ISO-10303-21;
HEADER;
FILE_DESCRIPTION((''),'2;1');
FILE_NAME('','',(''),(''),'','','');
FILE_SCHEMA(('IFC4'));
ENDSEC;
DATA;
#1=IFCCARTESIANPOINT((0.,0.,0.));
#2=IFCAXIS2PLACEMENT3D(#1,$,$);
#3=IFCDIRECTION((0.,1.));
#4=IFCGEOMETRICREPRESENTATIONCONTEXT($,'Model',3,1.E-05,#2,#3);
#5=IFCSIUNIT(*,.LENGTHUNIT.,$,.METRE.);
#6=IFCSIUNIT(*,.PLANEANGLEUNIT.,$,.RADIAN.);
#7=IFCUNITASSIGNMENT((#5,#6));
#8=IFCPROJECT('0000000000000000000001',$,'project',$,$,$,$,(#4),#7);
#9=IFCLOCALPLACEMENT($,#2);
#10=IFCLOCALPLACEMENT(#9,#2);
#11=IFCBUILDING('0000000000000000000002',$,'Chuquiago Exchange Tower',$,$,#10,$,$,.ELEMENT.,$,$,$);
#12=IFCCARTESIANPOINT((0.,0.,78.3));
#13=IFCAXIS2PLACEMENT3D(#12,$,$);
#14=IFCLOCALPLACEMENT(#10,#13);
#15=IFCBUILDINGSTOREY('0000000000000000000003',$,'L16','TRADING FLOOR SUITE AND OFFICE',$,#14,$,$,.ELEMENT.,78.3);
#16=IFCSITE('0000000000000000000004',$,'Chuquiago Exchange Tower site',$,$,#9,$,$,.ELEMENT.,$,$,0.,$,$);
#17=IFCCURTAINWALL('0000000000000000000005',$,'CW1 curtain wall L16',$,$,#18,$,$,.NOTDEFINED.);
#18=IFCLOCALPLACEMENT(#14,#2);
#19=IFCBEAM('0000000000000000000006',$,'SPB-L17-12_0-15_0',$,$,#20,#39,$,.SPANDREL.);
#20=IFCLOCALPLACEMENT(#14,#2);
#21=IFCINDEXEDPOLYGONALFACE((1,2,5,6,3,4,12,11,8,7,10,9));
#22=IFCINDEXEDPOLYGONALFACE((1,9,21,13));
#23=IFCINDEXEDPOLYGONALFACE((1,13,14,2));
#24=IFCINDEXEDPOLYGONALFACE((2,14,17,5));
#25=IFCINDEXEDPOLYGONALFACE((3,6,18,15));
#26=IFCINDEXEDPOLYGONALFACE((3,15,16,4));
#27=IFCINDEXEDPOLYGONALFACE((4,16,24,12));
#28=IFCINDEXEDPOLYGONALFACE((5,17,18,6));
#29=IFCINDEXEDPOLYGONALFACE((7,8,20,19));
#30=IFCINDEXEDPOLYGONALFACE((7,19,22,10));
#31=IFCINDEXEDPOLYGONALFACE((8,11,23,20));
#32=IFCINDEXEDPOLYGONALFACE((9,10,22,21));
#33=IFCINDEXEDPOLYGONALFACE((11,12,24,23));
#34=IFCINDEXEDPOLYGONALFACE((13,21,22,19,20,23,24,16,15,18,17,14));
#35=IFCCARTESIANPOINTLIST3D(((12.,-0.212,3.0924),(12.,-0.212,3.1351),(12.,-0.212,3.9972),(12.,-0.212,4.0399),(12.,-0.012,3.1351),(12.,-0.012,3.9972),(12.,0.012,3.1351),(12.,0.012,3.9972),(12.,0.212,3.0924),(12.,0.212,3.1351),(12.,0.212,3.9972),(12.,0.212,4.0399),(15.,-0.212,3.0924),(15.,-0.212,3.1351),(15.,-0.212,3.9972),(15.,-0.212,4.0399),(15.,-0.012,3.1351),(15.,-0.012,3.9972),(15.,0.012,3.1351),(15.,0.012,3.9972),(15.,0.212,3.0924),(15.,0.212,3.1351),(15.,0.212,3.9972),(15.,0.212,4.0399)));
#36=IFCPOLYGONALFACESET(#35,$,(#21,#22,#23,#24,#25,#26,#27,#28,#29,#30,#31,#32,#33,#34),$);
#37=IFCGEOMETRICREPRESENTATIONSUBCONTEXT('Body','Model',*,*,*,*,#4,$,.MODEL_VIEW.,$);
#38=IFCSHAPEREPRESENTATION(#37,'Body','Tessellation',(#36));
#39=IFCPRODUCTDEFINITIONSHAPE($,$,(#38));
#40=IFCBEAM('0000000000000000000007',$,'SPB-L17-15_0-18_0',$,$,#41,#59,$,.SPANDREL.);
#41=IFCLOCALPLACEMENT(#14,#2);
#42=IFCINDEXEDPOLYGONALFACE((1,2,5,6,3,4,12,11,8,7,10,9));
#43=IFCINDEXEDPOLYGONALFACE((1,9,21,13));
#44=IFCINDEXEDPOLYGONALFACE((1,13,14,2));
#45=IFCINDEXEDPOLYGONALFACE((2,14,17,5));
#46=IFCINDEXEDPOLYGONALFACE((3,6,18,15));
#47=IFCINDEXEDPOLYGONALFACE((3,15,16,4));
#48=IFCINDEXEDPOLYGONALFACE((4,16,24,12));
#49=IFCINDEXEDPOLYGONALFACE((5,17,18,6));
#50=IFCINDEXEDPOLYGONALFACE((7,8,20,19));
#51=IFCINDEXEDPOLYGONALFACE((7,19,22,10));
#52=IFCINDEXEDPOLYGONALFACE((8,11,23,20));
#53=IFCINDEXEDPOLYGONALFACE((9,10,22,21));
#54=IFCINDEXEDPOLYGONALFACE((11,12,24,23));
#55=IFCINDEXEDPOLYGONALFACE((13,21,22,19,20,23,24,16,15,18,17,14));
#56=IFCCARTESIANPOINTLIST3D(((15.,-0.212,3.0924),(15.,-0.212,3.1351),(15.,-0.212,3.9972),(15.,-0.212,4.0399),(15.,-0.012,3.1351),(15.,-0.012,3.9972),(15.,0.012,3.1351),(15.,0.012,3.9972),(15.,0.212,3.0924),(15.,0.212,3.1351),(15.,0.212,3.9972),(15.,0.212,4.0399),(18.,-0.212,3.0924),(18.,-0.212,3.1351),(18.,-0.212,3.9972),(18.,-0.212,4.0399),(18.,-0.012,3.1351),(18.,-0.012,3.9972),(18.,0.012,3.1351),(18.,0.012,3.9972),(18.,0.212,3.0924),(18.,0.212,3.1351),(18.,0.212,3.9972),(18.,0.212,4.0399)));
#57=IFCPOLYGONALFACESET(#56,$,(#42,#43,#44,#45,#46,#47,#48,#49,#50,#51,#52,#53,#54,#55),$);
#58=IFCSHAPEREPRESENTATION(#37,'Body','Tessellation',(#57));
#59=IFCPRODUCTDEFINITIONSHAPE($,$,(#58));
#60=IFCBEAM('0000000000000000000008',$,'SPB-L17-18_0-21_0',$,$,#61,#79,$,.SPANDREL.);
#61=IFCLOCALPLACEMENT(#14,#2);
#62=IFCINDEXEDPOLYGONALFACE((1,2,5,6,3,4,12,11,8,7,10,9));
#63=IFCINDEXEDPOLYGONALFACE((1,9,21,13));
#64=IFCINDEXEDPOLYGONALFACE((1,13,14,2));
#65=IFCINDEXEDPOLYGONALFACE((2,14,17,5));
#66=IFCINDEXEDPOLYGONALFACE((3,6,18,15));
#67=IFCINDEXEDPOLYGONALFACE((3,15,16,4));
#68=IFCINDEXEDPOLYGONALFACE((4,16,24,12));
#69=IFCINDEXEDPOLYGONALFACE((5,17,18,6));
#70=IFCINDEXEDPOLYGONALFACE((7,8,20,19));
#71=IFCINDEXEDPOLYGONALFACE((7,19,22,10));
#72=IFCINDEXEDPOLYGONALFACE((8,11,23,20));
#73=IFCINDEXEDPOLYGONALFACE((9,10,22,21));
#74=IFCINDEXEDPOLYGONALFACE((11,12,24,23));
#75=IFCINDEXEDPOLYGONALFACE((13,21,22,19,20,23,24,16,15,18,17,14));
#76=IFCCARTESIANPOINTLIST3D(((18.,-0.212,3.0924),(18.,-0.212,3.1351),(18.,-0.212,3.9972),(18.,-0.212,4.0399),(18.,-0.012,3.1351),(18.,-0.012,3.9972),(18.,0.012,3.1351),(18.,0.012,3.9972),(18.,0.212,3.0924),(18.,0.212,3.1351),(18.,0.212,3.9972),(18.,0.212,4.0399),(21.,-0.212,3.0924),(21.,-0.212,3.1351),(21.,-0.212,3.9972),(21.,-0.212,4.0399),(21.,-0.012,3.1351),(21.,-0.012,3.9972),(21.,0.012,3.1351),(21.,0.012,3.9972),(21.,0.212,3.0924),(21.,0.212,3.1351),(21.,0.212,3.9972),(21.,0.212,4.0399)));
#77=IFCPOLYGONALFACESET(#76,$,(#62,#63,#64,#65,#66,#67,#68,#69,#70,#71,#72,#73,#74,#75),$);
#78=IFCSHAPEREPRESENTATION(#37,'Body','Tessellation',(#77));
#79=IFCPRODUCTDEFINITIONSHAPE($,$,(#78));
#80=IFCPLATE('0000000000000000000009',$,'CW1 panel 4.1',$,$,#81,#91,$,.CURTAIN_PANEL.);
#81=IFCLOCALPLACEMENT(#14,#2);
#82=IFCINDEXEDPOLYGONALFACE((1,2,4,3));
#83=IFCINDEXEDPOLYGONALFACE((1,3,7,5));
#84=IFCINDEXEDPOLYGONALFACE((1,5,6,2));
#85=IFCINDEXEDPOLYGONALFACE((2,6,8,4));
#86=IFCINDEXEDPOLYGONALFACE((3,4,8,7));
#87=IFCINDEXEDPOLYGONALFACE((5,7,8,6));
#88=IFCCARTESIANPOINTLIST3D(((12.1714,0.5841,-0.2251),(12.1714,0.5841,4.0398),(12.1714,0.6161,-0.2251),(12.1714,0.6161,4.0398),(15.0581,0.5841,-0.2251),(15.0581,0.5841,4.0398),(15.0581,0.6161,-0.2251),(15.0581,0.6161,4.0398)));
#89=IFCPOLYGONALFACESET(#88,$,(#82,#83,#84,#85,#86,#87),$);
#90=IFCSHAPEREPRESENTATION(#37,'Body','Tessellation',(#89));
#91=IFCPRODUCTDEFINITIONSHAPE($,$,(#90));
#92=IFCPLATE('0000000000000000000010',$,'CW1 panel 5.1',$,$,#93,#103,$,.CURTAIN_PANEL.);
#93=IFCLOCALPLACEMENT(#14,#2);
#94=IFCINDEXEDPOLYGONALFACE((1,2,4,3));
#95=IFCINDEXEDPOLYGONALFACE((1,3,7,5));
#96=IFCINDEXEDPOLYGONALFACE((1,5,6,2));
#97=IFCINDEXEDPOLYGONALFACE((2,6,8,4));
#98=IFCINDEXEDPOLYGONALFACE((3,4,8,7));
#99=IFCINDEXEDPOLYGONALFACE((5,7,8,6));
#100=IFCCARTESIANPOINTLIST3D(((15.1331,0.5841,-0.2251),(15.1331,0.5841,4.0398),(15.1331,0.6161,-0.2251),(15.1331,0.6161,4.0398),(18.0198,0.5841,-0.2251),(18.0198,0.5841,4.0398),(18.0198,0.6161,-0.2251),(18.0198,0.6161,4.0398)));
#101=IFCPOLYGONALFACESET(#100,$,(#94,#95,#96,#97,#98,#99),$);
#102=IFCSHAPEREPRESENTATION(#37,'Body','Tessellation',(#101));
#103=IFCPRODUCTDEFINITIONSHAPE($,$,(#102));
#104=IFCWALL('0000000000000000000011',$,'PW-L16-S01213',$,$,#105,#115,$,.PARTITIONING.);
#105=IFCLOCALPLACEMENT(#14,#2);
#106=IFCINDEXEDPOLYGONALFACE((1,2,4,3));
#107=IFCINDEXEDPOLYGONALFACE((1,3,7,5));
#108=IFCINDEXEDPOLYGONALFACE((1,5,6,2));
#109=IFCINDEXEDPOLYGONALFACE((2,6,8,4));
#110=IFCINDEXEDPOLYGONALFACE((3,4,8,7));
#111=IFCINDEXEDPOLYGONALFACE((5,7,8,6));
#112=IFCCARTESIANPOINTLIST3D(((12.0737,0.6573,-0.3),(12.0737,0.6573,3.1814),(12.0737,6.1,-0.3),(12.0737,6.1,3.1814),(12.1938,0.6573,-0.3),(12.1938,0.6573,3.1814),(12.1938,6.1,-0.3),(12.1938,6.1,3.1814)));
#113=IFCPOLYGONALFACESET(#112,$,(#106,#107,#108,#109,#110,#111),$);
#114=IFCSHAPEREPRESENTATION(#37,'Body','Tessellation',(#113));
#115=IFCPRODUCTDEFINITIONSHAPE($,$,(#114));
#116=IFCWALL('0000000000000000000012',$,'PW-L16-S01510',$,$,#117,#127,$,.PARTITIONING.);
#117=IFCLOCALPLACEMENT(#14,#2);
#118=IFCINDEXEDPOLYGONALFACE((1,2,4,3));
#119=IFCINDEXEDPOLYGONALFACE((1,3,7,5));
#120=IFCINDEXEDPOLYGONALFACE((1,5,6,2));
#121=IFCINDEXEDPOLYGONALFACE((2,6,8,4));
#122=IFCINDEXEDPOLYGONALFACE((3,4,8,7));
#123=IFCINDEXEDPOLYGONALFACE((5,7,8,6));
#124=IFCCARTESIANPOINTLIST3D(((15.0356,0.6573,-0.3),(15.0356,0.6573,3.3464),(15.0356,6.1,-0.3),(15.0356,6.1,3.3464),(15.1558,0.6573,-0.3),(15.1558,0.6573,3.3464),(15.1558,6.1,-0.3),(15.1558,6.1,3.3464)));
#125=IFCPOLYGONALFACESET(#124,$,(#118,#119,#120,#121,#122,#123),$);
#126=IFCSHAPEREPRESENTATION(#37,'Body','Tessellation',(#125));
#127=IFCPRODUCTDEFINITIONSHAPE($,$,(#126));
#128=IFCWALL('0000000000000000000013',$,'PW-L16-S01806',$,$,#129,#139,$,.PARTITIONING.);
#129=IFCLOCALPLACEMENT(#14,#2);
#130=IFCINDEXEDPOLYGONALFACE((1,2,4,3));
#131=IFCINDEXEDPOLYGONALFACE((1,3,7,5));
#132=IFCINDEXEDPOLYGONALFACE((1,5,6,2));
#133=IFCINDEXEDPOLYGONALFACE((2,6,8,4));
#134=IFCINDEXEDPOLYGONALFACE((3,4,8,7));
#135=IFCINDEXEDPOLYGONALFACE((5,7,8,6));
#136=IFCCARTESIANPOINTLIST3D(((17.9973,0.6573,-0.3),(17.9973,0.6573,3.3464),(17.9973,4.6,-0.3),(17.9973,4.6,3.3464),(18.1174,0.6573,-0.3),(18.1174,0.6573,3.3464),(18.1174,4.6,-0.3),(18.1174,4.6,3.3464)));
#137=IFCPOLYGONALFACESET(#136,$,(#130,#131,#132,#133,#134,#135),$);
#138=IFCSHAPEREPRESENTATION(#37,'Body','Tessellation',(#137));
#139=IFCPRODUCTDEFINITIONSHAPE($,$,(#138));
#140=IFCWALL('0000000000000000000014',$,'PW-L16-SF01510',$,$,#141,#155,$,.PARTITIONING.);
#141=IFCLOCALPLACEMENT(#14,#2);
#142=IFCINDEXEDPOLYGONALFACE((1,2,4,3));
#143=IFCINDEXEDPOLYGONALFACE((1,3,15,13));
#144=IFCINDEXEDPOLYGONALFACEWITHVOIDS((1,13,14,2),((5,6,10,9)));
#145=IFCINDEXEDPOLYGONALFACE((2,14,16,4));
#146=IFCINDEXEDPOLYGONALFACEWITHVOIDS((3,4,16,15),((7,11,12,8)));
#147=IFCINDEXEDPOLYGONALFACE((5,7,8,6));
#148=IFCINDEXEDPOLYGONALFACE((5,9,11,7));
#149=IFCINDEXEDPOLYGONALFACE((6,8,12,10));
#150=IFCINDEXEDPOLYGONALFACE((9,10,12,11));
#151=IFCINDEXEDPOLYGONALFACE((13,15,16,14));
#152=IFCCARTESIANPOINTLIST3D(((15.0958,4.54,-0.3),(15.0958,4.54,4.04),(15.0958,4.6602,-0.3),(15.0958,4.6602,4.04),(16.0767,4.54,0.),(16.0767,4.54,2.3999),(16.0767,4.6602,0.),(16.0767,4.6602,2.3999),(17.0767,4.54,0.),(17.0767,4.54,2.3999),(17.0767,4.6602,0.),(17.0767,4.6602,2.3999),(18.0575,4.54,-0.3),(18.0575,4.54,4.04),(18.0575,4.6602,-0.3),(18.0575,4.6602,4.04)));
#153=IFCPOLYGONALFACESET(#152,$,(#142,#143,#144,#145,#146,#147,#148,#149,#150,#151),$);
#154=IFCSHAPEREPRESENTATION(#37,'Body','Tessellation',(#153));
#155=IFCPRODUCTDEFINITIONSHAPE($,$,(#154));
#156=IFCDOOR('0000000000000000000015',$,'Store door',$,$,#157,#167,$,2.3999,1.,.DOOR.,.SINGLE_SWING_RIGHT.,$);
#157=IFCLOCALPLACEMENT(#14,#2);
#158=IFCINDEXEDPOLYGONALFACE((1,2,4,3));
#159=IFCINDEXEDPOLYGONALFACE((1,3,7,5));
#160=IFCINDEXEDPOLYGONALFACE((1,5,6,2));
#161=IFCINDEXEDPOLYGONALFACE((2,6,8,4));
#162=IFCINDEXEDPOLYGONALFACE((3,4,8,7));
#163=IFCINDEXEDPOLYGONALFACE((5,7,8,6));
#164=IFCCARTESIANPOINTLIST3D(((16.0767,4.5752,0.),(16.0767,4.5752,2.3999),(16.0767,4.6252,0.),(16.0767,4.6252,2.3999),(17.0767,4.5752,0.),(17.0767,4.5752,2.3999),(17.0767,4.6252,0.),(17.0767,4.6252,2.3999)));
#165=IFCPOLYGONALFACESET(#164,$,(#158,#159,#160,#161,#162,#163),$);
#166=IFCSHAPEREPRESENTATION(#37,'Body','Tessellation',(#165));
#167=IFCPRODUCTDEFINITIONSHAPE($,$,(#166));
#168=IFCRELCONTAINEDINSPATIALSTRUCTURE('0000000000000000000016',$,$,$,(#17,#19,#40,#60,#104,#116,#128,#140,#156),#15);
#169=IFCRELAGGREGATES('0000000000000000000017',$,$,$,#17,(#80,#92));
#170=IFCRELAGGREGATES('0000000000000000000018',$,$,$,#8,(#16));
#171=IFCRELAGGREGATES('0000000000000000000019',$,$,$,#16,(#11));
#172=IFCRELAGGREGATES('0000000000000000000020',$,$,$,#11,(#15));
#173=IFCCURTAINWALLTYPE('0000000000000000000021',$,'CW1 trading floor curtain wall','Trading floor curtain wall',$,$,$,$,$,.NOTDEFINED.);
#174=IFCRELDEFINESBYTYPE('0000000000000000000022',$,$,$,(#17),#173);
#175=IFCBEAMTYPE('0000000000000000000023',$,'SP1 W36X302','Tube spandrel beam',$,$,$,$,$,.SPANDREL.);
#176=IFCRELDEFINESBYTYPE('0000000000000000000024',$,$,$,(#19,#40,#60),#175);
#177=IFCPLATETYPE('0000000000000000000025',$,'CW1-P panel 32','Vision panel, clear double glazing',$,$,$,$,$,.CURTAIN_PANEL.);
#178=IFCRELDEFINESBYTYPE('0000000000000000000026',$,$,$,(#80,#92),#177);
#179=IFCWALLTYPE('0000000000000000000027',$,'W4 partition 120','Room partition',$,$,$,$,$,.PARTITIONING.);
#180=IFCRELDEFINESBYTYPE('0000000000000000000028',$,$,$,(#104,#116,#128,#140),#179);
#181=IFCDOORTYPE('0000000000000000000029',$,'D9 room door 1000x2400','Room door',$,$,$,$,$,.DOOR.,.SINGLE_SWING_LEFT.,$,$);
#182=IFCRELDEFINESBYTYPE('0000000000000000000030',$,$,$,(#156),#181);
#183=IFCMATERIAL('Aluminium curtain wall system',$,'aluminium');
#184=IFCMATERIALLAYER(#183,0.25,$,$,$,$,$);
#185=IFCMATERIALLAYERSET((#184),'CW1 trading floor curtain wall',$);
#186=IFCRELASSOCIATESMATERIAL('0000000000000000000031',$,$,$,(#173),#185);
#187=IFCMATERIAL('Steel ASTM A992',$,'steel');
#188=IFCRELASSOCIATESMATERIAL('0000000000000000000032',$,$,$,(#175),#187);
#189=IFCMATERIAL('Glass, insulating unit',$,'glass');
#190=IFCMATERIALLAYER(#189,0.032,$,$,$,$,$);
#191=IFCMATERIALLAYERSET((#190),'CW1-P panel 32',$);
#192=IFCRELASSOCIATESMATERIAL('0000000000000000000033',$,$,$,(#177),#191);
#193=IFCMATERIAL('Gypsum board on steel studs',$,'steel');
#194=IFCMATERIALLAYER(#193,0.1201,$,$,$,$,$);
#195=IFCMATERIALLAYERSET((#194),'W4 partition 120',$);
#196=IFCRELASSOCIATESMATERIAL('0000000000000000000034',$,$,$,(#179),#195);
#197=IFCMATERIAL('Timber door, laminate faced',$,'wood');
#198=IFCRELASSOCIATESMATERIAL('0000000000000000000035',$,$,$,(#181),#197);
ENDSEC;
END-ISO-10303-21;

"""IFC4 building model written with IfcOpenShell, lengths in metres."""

from ifc_helpers import new_model, si_unit, direction, frame, frame_2d, origin, origin_2d, place, context, subcontext, project, spatial, rectangle, i_section, extrude, material, layer, layer_set, material_profile, profile_set, type_object, element, fill, aggregate, save


model = new_model("IFC4")

# Units and contexts
model_context = context("Model", 3, precision=1e-05, world=origin(), true_north=direction((0.0, 1.0)))
body_context = subcontext(model_context, "Body", "Model", "MODEL_VIEW")
ifc_project = project(units=[si_unit("LENGTHUNIT", "METRE"), si_unit("PLANEANGLEUNIT", "RADIAN")], contexts=[model_context])

# Site, building, storey
site_placement = place(None, origin())
site = spatial("IfcSite", under=ifc_project, at=site_placement, Name="Chuquiago Exchange Tower site", CompositionType="ELEMENT", RefElevation=0.0)
building_placement = place(site_placement, origin())
building = spatial("IfcBuilding", under=site, at=building_placement, Name="Chuquiago Exchange Tower", CompositionType="ELEMENT")
storey_placement = place(building_placement, frame((0.0, 0.0, 78.3)))
storey = spatial("IfcBuildingStorey", under=building, at=storey_placement, Name="L16", Description="TRADING FLOOR SUITE AND OFFICE", CompositionType="ELEMENT", Elevation=78.3)

# Curtain wall
ifc_material_1 = material(Name="Aluminium curtain wall system", Category="aluminium")
ifc_layer_1 = layer(ifc_material_1, 0.25)
ifc_layer_set_1 = layer_set([ifc_layer_1], Name="CW1 trading floor curtain wall")
curtain_wall_type = type_object("IfcCurtainWallType", Name="CW1 trading floor curtain wall", Description="Trading floor curtain wall", PredefinedType="NOTDEFINED", material=ifc_layer_set_1)
curtain_wall_placement = place(storey_placement, origin())
curtain_wall = element("IfcCurtainWall", 1, at=curtain_wall_placement, inside=storey, type_object=curtain_wall_type, Name="CW1 curtain wall L16", PredefinedType="NOTDEFINED")

# Beams
ifc_material_2 = material(Name="Steel ASTM A992", Category="steel")
ifc_material_profile_1 = material_profile(ifc_material_2, i_section(OverallWidth=0.4241, OverallDepth=0.9475, WebThickness=0.0239, FlangeThickness=0.0427, at=origin_2d()), Name="W36X302")
ifc_profile_set_1 = profile_set([ifc_material_profile_1], Name="Steel ASTM A992")
beam_type_1 = type_object("IfcBeamType", Name="SP1 W36X302", Description="Tube spandrel beam", PredefinedType="SPANDREL", material=ifc_profile_set_1)
for number, where, z_axis, x_axis, name in (
    (2, (12.0, 0.0, 3.5662), (1.0, 0.0, 0.0), (0.0, 1.0, 0.0), "SPB-L17-12_0-15_0"),
    (3, (15.0, 0.0, 3.5662), (1.0, 0.0, 0.0), (0.0, 1.0, 0.0), "SPB-L17-15_0-18_0"),
    (4, (18.0, 0.0, 3.5662), (1.0, 0.0, 0.0), (0.0, 1.0, 0.0), "SPB-L17-18_0-21_0"),
):
    element("IfcBeam", number, at=place(storey_placement, frame(where, z_axis=z_axis, x_axis=x_axis)), inside=storey, type_object=beam_type_1, Name=name, PredefinedType="SPANDREL", context=body_context, shape_type="SweptSolid", body=[
        extrude(i_section(OverallWidth=0.4241, OverallDepth=0.9475, WebThickness=0.0239, FlangeThickness=0.0427, at=origin_2d()), origin(), (0.0, 0.0, 1.0), 3.0),
    ])

# Plates
ifc_material_3 = material(Name="Glass, insulating unit", Category="glass")
ifc_layer_2 = layer(ifc_material_3, 0.032)
ifc_layer_set_2 = layer_set([ifc_layer_2], Name="CW1-P panel 32")
plate_type = type_object("IfcPlateType", Name="CW1-P panel 32", Description="Vision panel, clear double glazing", PredefinedType="CURTAIN_PANEL", material=ifc_layer_set_2)
plate_1_placement = place(storey_placement, frame((13.6147, 0.6001, -0.2251), z_axis=(0.0, 0.0, 1.0), x_axis=(1.0, 0.0, 0.0)))
plate_1 = element("IfcPlate", 5, at=plate_1_placement, type_object=plate_type, Name="CW1 panel 4.1", PredefinedType="CURTAIN_PANEL", context=body_context, shape_type="SweptSolid", body=[
    extrude(rectangle(XDim=2.8867, YDim=0.032, at=origin_2d()), origin(), (0.0, 0.0, 1.0), 4.2649),
])
plate_2_placement = place(storey_placement, frame((16.5764, 0.6001, -0.2251), z_axis=(0.0, 0.0, 1.0), x_axis=(1.0, 0.0, 0.0)))
plate_2 = element("IfcPlate", 6, at=plate_2_placement, type_object=plate_type, Name="CW1 panel 5.1", PredefinedType="CURTAIN_PANEL", context=body_context, shape_type="SweptSolid", body=[
    extrude(rectangle(XDim=2.8867, YDim=0.032, at=origin_2d()), origin(), (0.0, 0.0, 1.0), 4.2649),
])
aggregate(curtain_wall, [plate_1, plate_2])

# Walls
ifc_material_4 = material(Name="Gypsum board on steel studs", Category="steel")
ifc_layer_3 = layer(ifc_material_4, 0.1201)
ifc_layer_set_3 = layer_set([ifc_layer_3], Name="W4 partition 120")
wall_type = type_object("IfcWallType", Name="W4 partition 120", Description="Room partition", PredefinedType="PARTITIONING", material=ifc_layer_set_3)
wall_1_placement = place(storey_placement, frame((12.1338, 0.6575, -0.3), z_axis=(0.0, 0.0, 1.0), x_axis=(0.0, 1.0, 0.0)))
element("IfcWall", 7, at=wall_1_placement, inside=storey, type_object=wall_type, Name="PW-L16-S01213", PredefinedType="PARTITIONING", context=body_context, shape_type="SweptSolid", body=[
    extrude(rectangle(XDim=5.4426, YDim=0.1201, at=frame_2d((2.7212, 0.0))), origin(), (0.0, 0.0, 1.0), 3.4814),
])
wall_2_placement = place(storey_placement, frame((15.0957, 0.6575, -0.3), z_axis=(0.0, 0.0, 1.0), x_axis=(0.0, 1.0, 0.0)))
element("IfcWall", 8, at=wall_2_placement, inside=storey, type_object=wall_type, Name="PW-L16-S01510", PredefinedType="PARTITIONING", context=body_context, shape_type="SweptSolid", body=[
    extrude(rectangle(XDim=5.4426, YDim=0.1201, at=frame_2d((2.7212, 0.0))), origin(), (0.0, 0.0, 1.0), 3.6465),
])
wall_3_placement = place(storey_placement, frame((18.0574, 0.6575, -0.3), z_axis=(0.0, 0.0, 1.0), x_axis=(0.0, 1.0, 0.0)))
element("IfcWall", 9, at=wall_3_placement, inside=storey, type_object=wall_type, Name="PW-L16-S01806", PredefinedType="PARTITIONING", context=body_context, shape_type="SweptSolid", body=[
    extrude(rectangle(XDim=3.9426, YDim=0.1201, at=frame_2d((1.9712, 0.0))), origin(), (0.0, 0.0, 1.0), 3.6465),
])

# Wall, opening, door
wall_4_placement = place(storey_placement, frame((15.0957, 4.6001, -0.3), z_axis=(0.0, 0.0, 1.0), x_axis=(1.0, 0.0, 0.0)))
wall_4 = element("IfcWall", 10, at=wall_4_placement, inside=storey, type_object=wall_type, Name="PW-L16-SF01510", PredefinedType="PARTITIONING", context=body_context, shape_type="SweptSolid", body=[
    extrude(rectangle(XDim=2.9617, YDim=0.1201, at=frame_2d((1.481, 0.0))), origin(), (0.0, 0.0, 1.0), 4.3401),
])
opening_placement = place(wall_4_placement, frame((0.981, 0.0, 0.3)))
opening = element("IfcOpeningElement", 11, at=opening_placement, cuts=wall_4, PredefinedType="OPENING", context=body_context, shape_type="SweptSolid", body=[
    extrude(rectangle(XDim=1.0, YDim=2.3999, at=frame_2d((0.5, 1.2))), frame((0.0, 0.0701, 0.0), z_axis=(0.0, -1.0, 0.0), x_axis=(1.0, 0.0, 0.0)), (0.0, 0.0, 1.0), 0.1401),
])
ifc_material_5 = material(Name="Timber door, laminate faced", Category="wood")
door_type = type_object("IfcDoorType", Name="D9 room door 1000x2400", Description="Room door", OperationType="SINGLE_SWING_LEFT", PredefinedType="DOOR", material=ifc_material_5)
door_placement = place(opening_placement, frame((1.0, 0.0, 0.0), z_axis=(0.0, 0.0, 1.0), x_axis=(-1.0, 0.0, 0.0)))
door = element("IfcDoor", 12, at=door_placement, inside=storey, type_object=door_type, Name="Store door", OperationType="SINGLE_SWING_RIGHT", OverallHeight=2.3999, OverallWidth=1.0, PredefinedType="DOOR", context=body_context, shape_type="SweptSolid", body=[
    extrude(rectangle(XDim=1.0, YDim=2.3999, at=frame_2d((0.5, 1.2))), frame((0.0, 0.0249, 0.0), z_axis=(0.0, -1.0, 0.0), x_axis=(1.0, 0.0, 0.0)), (0.0, 0.0, 1.0), 0.05),
])
fill(opening, door)

save(model, "model.ifc")
